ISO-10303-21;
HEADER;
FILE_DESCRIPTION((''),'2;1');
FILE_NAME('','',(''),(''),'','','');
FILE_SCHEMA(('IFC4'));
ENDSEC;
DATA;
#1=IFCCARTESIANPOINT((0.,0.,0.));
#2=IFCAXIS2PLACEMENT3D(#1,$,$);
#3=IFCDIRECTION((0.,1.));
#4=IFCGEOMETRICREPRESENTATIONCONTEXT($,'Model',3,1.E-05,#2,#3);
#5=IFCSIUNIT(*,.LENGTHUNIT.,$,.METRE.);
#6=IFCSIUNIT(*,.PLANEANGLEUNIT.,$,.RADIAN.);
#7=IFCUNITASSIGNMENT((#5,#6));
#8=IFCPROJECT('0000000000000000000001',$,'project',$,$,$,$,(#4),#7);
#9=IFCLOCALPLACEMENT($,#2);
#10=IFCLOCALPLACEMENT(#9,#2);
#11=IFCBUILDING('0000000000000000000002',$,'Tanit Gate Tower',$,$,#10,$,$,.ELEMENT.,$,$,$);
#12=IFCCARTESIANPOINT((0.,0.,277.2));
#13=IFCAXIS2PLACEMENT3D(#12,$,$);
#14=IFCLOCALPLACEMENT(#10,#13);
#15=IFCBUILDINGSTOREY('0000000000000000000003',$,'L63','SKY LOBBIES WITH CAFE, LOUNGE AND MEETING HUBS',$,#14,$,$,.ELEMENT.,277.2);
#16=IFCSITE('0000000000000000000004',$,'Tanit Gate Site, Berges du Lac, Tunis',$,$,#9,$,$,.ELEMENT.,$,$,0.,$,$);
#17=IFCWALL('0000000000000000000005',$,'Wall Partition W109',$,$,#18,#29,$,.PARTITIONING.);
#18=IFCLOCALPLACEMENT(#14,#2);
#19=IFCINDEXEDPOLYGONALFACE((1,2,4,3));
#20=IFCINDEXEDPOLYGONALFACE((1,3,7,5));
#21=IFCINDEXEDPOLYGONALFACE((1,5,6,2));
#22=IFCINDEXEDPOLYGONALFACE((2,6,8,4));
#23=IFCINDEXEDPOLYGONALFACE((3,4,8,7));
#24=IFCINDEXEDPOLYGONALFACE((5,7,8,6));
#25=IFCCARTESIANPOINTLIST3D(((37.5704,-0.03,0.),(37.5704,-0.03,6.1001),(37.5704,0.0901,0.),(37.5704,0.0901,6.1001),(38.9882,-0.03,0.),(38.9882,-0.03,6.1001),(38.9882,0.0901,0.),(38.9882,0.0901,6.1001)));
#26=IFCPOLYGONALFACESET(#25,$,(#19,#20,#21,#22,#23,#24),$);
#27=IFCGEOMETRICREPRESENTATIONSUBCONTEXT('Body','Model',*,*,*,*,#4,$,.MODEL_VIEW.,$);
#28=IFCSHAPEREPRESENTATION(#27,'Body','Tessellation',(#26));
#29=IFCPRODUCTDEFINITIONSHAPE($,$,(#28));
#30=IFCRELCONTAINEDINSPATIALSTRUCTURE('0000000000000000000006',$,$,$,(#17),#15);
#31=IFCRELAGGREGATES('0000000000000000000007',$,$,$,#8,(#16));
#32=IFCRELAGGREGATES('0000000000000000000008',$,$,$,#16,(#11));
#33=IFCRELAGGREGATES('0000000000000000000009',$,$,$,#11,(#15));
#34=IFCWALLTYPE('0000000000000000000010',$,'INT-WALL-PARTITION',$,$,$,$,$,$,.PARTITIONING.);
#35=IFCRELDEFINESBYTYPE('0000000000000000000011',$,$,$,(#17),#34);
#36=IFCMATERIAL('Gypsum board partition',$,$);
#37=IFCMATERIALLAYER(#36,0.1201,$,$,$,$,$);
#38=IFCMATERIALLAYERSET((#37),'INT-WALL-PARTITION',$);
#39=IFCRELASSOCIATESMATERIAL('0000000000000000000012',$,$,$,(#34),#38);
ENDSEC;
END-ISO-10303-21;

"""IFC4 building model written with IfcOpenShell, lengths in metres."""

from ifc_helpers import new_model, si_unit, direction, frame, frame_2d, origin, place, context, subcontext, project, spatial, rectangle, extrude, material, layer, layer_set, type_object, element, save


model = new_model("IFC4")

# Units and contexts
model_context = context("Model", 3, precision=1e-05, world=origin(), true_north=direction((0.0, 1.0)))
body_context = subcontext(model_context, "Body", "Model", "MODEL_VIEW")
ifc_project = project(units=[si_unit("LENGTHUNIT", "METRE"), si_unit("PLANEANGLEUNIT", "RADIAN")], contexts=[model_context])

# Site, building, storey
site_placement = place(None, origin())
site = spatial("IfcSite", under=ifc_project, at=site_placement, Name="Tanit Gate Site, Berges du Lac, Tunis", CompositionType="ELEMENT", RefElevation=0.0)
building_placement = place(site_placement, origin())
building = spatial("IfcBuilding", under=site, at=building_placement, Name="Tanit Gate Tower", CompositionType="ELEMENT")
storey_placement = place(building_placement, frame((0.0, 0.0, 277.2)))
storey = spatial("IfcBuildingStorey", under=building, at=storey_placement, Name="L63", Description="SKY LOBBIES WITH CAFE, LOUNGE AND MEETING HUBS", CompositionType="ELEMENT", Elevation=277.2)

# Wall
ifc_material_1 = material(Name="Gypsum board partition")
ifc_layer_1 = layer(ifc_material_1, 0.1201)
ifc_layer_set_1 = layer_set([ifc_layer_1], Name="INT-WALL-PARTITION")
wall_type = type_object("IfcWallType", Name="INT-WALL-PARTITION", PredefinedType="PARTITIONING", material=ifc_layer_set_1)
wall_1_placement = place(storey_placement, frame((37.5703, 0.03, 0.0), z_axis=(0.0, 0.0, 1.0), x_axis=(1.0, 0.0, 0.0)))
element("IfcWall", 1, at=wall_1_placement, inside=storey, type_object=wall_type, Name="Wall Partition W109", PredefinedType="PARTITIONING", context=body_context, shape_type="SweptSolid", body=[
    extrude(rectangle(XDim=1.4177, YDim=0.1201, at=frame_2d((0.709, 0.0))), origin(), (0.0, 0.0, 1.0), 6.1001),
])

save(model, "model.ifc")
